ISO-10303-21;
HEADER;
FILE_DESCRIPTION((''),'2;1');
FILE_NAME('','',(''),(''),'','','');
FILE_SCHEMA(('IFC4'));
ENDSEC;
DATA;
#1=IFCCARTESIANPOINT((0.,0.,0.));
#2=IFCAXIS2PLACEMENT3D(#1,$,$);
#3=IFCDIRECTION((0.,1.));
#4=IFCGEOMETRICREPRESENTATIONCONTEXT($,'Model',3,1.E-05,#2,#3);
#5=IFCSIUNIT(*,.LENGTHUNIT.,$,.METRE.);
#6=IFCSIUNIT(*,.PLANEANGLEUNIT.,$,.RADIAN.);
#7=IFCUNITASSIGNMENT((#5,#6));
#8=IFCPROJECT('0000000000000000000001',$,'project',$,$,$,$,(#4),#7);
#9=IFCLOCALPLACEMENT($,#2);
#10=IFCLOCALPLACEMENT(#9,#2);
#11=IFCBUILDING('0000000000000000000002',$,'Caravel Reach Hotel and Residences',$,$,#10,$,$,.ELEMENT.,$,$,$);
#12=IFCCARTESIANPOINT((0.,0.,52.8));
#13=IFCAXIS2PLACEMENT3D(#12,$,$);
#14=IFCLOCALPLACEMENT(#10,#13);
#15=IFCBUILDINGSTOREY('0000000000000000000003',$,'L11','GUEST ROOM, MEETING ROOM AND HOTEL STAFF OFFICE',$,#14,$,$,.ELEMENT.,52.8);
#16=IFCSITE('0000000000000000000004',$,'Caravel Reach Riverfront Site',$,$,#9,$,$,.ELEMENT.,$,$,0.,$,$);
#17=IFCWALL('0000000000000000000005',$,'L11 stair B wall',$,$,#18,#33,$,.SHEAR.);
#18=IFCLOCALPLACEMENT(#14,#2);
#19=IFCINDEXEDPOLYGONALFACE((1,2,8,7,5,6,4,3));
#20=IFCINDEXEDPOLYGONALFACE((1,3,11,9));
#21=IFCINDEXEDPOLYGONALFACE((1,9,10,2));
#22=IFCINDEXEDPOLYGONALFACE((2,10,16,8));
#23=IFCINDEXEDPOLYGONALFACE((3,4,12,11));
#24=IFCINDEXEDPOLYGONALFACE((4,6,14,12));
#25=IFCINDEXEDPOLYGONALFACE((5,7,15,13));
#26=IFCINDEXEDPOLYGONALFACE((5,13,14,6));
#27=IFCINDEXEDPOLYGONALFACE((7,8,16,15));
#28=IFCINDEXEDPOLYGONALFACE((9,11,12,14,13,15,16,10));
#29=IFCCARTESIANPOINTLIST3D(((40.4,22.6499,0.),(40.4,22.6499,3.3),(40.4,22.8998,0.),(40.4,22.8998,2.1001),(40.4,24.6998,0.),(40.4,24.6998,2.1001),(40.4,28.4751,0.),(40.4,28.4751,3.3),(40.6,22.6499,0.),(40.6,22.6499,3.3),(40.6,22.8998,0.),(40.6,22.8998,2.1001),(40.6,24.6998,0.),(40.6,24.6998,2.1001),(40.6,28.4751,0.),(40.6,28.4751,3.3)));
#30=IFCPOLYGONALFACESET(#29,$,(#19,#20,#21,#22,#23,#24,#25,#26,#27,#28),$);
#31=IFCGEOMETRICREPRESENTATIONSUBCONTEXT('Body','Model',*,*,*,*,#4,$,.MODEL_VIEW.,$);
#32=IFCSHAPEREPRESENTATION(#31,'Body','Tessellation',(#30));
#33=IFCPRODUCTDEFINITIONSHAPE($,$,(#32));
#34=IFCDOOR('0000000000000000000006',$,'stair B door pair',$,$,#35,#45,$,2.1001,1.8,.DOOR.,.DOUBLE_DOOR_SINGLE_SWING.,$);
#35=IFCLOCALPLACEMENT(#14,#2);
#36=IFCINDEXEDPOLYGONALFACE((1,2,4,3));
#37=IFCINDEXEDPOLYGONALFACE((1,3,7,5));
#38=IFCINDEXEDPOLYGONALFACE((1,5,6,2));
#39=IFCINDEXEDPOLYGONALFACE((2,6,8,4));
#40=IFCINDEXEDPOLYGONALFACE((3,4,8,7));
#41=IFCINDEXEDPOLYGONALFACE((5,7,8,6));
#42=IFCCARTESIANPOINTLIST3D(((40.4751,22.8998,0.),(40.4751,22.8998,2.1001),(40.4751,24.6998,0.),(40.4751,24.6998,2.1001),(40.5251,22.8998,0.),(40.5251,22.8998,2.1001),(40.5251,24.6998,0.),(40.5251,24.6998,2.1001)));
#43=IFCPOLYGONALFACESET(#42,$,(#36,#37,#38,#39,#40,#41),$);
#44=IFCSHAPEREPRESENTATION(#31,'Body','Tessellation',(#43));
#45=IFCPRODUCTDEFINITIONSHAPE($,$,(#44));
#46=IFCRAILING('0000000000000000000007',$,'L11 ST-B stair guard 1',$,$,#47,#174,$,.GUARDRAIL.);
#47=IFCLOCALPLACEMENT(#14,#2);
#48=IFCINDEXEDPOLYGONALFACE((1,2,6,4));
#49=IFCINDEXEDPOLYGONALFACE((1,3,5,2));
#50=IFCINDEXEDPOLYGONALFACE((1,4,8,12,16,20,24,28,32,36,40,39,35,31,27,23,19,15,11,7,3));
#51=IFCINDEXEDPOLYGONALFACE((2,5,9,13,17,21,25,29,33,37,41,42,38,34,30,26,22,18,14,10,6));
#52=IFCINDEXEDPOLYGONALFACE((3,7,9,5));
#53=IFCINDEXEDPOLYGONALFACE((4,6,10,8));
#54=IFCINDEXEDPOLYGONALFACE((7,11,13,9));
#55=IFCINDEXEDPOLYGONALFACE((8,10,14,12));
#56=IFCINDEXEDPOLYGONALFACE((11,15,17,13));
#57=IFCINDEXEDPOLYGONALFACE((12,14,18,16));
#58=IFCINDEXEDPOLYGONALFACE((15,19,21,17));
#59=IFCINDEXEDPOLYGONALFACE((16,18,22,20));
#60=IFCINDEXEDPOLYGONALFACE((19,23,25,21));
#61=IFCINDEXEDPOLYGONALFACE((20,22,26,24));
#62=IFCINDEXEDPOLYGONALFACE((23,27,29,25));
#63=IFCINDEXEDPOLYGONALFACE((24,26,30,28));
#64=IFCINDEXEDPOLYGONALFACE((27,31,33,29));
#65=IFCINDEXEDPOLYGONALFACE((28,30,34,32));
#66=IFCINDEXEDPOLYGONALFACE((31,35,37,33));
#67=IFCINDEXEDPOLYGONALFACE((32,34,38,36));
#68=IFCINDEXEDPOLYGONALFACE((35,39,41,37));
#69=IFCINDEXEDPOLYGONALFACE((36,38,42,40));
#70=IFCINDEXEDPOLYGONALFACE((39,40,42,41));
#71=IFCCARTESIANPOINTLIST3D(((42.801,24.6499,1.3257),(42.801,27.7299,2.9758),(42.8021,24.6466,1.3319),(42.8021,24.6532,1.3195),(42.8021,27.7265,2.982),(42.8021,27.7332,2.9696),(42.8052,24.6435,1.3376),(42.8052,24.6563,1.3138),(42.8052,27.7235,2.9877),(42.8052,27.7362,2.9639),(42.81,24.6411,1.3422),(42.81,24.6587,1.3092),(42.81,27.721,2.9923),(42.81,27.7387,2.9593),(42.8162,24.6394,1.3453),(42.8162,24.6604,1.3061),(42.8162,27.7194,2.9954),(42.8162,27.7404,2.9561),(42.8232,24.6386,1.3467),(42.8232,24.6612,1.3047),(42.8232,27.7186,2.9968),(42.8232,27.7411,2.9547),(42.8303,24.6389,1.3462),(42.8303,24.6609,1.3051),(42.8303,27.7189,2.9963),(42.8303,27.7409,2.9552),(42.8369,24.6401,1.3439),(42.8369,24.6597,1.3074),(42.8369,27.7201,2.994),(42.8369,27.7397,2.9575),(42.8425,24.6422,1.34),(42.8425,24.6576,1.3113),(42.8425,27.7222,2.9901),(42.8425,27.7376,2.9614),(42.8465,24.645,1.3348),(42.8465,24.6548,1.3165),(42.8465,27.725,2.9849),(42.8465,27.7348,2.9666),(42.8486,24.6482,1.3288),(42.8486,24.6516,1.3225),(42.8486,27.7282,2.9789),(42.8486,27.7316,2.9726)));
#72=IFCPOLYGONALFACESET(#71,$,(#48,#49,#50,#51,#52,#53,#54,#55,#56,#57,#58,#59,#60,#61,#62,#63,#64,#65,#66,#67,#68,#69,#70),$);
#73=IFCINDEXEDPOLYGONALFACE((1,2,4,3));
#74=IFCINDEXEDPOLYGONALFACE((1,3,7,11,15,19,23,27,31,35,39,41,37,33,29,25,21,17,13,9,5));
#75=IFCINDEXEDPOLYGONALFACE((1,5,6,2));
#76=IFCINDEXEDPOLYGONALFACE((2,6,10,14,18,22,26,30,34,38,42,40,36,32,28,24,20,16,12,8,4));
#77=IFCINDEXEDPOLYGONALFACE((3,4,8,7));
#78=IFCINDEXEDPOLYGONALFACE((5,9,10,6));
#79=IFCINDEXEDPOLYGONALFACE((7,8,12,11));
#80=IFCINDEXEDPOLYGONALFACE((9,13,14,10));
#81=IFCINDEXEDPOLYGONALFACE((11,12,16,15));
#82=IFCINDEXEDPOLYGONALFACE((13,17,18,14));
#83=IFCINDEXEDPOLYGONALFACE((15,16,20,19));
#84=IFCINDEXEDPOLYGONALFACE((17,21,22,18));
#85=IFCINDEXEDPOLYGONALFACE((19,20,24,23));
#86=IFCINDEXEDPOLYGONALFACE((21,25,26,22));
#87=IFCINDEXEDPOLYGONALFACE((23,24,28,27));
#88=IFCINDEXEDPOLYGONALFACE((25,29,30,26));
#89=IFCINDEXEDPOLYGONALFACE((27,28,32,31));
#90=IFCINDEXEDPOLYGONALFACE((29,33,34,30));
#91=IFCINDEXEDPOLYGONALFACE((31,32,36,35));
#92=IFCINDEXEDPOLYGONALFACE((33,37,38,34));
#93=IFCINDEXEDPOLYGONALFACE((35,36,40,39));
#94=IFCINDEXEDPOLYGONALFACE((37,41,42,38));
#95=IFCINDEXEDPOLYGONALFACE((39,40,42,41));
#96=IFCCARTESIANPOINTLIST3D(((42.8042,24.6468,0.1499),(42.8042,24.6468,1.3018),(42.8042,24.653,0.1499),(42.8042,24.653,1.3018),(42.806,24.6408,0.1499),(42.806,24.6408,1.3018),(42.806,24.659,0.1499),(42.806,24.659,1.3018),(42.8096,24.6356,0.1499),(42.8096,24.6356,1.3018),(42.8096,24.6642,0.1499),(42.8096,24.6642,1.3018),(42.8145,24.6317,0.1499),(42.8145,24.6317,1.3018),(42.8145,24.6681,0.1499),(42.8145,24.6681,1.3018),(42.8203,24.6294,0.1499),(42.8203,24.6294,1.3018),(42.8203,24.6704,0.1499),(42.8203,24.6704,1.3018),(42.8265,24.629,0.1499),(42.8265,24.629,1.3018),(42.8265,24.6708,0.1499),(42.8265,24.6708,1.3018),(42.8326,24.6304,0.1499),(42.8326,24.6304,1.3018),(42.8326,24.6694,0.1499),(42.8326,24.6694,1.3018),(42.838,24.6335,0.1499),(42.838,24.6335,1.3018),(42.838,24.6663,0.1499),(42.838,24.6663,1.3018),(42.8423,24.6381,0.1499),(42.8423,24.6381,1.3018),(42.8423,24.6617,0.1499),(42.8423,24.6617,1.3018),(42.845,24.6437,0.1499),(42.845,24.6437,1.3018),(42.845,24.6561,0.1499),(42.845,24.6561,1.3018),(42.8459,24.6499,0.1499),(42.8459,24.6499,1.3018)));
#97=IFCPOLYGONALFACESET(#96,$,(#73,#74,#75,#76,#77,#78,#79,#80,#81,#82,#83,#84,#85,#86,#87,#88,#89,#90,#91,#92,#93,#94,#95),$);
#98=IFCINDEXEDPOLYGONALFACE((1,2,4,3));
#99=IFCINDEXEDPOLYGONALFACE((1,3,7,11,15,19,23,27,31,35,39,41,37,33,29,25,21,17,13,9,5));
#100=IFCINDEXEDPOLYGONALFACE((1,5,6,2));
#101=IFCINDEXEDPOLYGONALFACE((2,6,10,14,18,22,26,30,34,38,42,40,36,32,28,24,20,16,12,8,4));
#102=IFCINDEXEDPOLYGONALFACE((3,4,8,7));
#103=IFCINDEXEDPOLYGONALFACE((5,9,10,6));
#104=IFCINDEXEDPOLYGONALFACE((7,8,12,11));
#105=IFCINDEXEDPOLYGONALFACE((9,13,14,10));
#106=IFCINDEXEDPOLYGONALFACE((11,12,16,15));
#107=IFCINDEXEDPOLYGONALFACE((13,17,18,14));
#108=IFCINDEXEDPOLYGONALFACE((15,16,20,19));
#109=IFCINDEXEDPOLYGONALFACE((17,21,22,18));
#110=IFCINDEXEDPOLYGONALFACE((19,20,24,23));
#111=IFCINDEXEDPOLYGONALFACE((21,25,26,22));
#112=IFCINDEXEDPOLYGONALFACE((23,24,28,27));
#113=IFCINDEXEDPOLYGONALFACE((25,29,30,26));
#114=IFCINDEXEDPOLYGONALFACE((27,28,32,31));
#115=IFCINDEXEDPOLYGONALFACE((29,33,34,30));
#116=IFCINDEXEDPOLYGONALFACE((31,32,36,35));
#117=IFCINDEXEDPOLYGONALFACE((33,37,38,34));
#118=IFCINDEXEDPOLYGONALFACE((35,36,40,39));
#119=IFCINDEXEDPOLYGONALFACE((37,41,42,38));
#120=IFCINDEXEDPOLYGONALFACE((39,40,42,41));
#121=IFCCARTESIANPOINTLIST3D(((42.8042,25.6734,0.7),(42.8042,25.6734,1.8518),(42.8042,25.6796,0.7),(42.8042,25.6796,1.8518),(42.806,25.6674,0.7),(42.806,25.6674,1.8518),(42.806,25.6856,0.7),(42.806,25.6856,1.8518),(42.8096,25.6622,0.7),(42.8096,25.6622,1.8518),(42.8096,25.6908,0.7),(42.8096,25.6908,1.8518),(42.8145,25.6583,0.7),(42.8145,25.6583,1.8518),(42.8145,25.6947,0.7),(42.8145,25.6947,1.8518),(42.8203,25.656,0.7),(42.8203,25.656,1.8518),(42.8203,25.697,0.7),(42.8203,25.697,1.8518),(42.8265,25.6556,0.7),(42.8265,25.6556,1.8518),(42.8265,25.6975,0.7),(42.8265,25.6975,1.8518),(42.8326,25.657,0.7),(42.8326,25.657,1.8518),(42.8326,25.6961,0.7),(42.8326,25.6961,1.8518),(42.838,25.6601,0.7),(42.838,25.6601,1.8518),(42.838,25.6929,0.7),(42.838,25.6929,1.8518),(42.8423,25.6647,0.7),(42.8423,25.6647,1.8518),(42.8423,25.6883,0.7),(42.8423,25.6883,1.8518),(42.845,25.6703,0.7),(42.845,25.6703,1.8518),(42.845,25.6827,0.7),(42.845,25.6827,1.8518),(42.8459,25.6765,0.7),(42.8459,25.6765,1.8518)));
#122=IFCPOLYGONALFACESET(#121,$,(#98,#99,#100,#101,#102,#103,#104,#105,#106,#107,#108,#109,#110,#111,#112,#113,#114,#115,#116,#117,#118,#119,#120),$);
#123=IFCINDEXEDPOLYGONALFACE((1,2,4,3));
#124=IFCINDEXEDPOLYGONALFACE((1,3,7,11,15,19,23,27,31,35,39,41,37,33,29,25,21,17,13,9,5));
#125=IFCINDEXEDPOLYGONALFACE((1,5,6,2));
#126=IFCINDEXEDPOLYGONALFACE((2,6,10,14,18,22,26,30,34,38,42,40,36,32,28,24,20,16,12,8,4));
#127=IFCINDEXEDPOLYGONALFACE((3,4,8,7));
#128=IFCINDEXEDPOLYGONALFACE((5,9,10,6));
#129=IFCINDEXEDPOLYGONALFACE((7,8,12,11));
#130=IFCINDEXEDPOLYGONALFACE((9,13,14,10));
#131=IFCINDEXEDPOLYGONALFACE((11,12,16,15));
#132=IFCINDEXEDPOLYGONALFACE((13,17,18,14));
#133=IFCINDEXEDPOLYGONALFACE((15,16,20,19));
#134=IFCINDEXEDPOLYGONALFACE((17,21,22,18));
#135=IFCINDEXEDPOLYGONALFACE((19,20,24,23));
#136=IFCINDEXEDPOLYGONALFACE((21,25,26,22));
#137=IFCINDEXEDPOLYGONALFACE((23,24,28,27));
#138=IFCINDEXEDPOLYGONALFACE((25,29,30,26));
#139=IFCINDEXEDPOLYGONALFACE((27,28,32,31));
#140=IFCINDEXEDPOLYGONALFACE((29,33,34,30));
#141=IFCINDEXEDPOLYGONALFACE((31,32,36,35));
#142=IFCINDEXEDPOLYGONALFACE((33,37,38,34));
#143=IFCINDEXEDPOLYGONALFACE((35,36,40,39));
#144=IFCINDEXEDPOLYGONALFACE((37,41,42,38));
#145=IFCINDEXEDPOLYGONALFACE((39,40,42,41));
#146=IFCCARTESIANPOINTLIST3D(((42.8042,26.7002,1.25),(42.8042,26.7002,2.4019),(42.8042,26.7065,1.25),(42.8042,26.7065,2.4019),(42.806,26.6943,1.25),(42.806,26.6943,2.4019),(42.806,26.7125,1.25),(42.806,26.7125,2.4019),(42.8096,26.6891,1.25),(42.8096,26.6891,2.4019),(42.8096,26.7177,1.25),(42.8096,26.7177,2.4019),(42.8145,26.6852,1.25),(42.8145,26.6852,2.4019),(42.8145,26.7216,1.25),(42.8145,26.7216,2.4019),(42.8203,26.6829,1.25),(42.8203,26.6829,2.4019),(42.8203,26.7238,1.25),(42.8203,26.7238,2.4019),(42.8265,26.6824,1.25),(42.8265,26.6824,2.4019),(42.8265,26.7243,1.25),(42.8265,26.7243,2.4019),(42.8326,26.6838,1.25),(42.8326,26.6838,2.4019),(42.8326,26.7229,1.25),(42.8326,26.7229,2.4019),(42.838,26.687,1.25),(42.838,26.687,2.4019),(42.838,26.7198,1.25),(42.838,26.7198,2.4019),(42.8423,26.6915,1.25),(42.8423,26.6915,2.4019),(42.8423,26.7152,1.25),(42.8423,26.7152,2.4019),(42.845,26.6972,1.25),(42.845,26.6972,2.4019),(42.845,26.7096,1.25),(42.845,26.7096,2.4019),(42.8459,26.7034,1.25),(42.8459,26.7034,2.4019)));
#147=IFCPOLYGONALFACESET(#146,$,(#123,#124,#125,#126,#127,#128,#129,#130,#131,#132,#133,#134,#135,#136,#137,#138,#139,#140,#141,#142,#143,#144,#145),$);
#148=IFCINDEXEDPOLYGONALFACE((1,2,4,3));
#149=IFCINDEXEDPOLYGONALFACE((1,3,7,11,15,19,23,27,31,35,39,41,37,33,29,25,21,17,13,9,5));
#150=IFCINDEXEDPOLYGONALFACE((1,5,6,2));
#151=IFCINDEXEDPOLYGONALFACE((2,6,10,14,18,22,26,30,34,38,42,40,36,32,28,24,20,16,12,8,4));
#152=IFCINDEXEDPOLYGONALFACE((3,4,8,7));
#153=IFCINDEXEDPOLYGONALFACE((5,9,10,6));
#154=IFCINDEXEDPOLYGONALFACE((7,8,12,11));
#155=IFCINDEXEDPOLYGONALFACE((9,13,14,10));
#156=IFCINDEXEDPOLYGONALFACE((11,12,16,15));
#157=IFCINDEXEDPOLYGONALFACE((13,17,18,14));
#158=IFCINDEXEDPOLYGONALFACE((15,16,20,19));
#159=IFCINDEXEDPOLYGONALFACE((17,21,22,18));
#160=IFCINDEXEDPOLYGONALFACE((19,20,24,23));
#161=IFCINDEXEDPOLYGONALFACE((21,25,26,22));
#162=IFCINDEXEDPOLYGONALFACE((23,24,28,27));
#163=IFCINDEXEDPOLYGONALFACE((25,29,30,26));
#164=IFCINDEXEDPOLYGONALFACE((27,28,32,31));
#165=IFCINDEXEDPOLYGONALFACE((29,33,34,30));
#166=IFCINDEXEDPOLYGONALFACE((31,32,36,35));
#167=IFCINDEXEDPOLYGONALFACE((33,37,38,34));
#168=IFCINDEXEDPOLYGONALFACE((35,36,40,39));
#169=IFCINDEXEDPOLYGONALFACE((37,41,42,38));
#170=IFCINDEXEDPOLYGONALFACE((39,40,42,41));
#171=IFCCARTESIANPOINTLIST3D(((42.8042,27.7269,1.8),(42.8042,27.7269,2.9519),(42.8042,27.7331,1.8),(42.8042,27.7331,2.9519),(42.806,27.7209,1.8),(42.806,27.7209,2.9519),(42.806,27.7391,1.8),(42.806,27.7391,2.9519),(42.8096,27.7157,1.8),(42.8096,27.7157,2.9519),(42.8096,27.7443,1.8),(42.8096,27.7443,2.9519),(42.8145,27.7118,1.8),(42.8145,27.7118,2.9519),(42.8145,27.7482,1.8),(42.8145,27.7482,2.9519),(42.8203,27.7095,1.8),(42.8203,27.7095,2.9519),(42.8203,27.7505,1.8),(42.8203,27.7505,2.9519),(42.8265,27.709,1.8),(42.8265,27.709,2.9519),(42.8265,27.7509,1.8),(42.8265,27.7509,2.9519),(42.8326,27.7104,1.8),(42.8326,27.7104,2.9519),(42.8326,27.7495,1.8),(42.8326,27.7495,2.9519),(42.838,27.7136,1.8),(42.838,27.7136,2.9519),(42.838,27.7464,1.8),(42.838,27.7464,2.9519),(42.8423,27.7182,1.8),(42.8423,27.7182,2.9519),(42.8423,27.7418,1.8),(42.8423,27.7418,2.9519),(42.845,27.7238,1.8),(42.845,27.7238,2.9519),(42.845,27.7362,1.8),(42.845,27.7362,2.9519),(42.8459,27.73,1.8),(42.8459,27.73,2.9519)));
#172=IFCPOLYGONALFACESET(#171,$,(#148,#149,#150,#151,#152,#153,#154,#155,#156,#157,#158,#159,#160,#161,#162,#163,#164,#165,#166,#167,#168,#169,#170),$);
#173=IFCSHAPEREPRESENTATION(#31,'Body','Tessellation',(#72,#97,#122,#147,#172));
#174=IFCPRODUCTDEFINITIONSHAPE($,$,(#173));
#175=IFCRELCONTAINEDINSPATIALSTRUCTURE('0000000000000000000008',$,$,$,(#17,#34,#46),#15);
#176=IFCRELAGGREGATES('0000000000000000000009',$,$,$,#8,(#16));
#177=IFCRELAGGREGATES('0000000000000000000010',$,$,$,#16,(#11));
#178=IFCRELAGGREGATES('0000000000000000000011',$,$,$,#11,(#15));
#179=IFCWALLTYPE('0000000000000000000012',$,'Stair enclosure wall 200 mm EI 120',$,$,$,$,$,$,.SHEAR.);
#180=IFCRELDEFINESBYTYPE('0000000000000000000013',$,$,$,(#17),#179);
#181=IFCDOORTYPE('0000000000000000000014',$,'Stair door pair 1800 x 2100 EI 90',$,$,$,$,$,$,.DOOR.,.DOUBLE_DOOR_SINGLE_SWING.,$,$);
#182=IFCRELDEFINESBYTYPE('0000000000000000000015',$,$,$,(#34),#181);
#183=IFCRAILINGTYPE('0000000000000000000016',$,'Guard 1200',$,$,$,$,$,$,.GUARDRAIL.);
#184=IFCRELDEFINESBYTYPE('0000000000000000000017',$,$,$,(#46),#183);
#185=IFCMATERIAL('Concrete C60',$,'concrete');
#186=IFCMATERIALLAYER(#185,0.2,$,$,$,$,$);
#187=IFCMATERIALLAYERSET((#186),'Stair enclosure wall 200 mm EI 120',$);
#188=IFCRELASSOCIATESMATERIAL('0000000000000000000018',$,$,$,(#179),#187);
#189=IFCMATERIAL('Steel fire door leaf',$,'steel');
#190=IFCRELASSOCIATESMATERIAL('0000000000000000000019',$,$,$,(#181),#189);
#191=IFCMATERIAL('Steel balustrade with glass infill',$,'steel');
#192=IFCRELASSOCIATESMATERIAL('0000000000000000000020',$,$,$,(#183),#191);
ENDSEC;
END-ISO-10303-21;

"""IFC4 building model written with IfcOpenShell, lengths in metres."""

from ifc_helpers import new_model, si_unit, direction, frame, frame_2d, origin, origin_2d, place, context, subcontext, project, spatial, rectangle, circle, extrude, material, layer, layer_set, type_object, element, fill, save


model = new_model("IFC4")

# Units and contexts
model_context = context("Model", 3, precision=1e-05, world=origin(), true_north=direction((0.0, 1.0)))
body_context = subcontext(model_context, "Body", "Model", "MODEL_VIEW")
ifc_project = project(units=[si_unit("LENGTHUNIT", "METRE"), si_unit("PLANEANGLEUNIT", "RADIAN")], contexts=[model_context])

# Site, building, storey
site_placement = place(None, origin())
site = spatial("IfcSite", under=ifc_project, at=site_placement, Name="Caravel Reach Riverfront Site", CompositionType="ELEMENT", RefElevation=0.0)
building_placement = place(site_placement, origin())
building = spatial("IfcBuilding", under=site, at=building_placement, Name="Caravel Reach Hotel and Residences", CompositionType="ELEMENT")
storey_placement = place(building_placement, frame((0.0, 0.0, 52.8)))
storey = spatial("IfcBuildingStorey", under=building, at=storey_placement, Name="L11", Description="GUEST ROOM, MEETING ROOM AND HOTEL STAFF OFFICE", CompositionType="ELEMENT", Elevation=52.8)

# Wall, opening, door
ifc_material_1 = material(Name="Concrete C60", Category="concrete")
ifc_layer_1 = layer(ifc_material_1, 0.2)
ifc_layer_set_1 = layer_set([ifc_layer_1], Name="Stair enclosure wall 200 mm EI 120")
wall_type_1 = type_object("IfcWallType", Name="Stair enclosure wall 200 mm EI 120", PredefinedType="SHEAR", material=ifc_layer_set_1)
wall_1_placement = place(storey_placement, frame((40.5, 22.6499, 0.0), z_axis=(0.0, 0.0, 1.0), x_axis=(0.0, 1.0, 0.0)))
wall_1 = element("IfcWall", 1, at=wall_1_placement, inside=storey, type_object=wall_type_1, Name="L11 stair B wall", PredefinedType="SHEAR", context=body_context, shape_type="SweptSolid", body=[
    extrude(rectangle(XDim=5.8252, YDim=0.2, at=frame_2d((2.9126, 0.0))), origin(), (0.0, 0.0, 1.0), 3.3),
])
opening_1_placement = place(wall_1_placement, frame((0.25, 0.0, 0.0)))
opening_1 = element("IfcOpeningElement", 2, at=opening_1_placement, cuts=wall_1, PredefinedType="OPENING", context=body_context, shape_type="SweptSolid", body=[
    extrude(rectangle(XDim=1.8, YDim=2.1001, at=frame_2d((0.8999, 1.05))), frame((0.0, 0.1099, 0.0), z_axis=(0.0, -1.0, 0.0), x_axis=(1.0, 0.0, 0.0)), (0.0, 0.0, 1.0), 0.22),
])
ifc_material_2 = material(Name="Steel fire door leaf", Category="steel")
door_type_1 = type_object("IfcDoorType", Name="Stair door pair 1800 x 2100 EI 90", OperationType="DOUBLE_DOOR_SINGLE_SWING", PredefinedType="DOOR", material=ifc_material_2)
door_1_placement = place(opening_1_placement, origin())
door_1 = element("IfcDoor", 3, at=door_1_placement, inside=storey, type_object=door_type_1, Name="stair B door pair", OperationType="DOUBLE_DOOR_SINGLE_SWING", OverallHeight=2.1001, OverallWidth=1.8, PredefinedType="DOOR", context=body_context, shape_type="SweptSolid", body=[
    extrude(rectangle(XDim=1.8, YDim=2.1001, at=frame_2d((0.8999, 1.05))), frame((0.0, 0.0249, 0.0), z_axis=(0.0, -1.0, 0.0), x_axis=(1.0, 0.0, 0.0)), (0.0, 0.0, 1.0), 0.05),
])
fill(opening_1, door_1)

# Railing
ifc_material_3 = material(Name="Steel balustrade with glass infill", Category="steel")
railing_type_1 = type_object("IfcRailingType", Name="Guard 1200", PredefinedType="GUARDRAIL", material=ifc_material_3)
railing_1_placement = place(storey_placement, frame((42.825, 24.6499, 0.1499)))
element("IfcRailing", 4, at=railing_1_placement, inside=storey, type_object=railing_type_1, Name="L11 ST-B stair guard 1", PredefinedType="GUARDRAIL", context=body_context, shape_type="SweptSolid", body=[
    extrude(circle(Radius=0.0239, at=origin_2d()), frame((0.0, 0.0, 1.1758), z_axis=(0.0, 0.881468, 0.472245), x_axis=(-1.0, 0.0, 0.0)), (0.0, 0.0, 1.0), 3.4941),
    extrude(circle(Radius=0.021, at=origin_2d()), origin(), (0.0, 0.0, 1.0), 1.1519),
    extrude(circle(Radius=0.021, at=origin_2d()), frame((0.0, 1.0266, 0.55)), (0.0, 0.0, 1.0), 1.1519),
    extrude(circle(Radius=0.021, at=origin_2d()), frame((0.0, 2.0535, 1.1001)), (0.0, 0.0, 1.0), 1.1519),
    extrude(circle(Radius=0.021, at=origin_2d()), frame((0.0, 3.0801, 1.6501)), (0.0, 0.0, 1.0), 1.1519),
])

save(model, "model.ifc")
